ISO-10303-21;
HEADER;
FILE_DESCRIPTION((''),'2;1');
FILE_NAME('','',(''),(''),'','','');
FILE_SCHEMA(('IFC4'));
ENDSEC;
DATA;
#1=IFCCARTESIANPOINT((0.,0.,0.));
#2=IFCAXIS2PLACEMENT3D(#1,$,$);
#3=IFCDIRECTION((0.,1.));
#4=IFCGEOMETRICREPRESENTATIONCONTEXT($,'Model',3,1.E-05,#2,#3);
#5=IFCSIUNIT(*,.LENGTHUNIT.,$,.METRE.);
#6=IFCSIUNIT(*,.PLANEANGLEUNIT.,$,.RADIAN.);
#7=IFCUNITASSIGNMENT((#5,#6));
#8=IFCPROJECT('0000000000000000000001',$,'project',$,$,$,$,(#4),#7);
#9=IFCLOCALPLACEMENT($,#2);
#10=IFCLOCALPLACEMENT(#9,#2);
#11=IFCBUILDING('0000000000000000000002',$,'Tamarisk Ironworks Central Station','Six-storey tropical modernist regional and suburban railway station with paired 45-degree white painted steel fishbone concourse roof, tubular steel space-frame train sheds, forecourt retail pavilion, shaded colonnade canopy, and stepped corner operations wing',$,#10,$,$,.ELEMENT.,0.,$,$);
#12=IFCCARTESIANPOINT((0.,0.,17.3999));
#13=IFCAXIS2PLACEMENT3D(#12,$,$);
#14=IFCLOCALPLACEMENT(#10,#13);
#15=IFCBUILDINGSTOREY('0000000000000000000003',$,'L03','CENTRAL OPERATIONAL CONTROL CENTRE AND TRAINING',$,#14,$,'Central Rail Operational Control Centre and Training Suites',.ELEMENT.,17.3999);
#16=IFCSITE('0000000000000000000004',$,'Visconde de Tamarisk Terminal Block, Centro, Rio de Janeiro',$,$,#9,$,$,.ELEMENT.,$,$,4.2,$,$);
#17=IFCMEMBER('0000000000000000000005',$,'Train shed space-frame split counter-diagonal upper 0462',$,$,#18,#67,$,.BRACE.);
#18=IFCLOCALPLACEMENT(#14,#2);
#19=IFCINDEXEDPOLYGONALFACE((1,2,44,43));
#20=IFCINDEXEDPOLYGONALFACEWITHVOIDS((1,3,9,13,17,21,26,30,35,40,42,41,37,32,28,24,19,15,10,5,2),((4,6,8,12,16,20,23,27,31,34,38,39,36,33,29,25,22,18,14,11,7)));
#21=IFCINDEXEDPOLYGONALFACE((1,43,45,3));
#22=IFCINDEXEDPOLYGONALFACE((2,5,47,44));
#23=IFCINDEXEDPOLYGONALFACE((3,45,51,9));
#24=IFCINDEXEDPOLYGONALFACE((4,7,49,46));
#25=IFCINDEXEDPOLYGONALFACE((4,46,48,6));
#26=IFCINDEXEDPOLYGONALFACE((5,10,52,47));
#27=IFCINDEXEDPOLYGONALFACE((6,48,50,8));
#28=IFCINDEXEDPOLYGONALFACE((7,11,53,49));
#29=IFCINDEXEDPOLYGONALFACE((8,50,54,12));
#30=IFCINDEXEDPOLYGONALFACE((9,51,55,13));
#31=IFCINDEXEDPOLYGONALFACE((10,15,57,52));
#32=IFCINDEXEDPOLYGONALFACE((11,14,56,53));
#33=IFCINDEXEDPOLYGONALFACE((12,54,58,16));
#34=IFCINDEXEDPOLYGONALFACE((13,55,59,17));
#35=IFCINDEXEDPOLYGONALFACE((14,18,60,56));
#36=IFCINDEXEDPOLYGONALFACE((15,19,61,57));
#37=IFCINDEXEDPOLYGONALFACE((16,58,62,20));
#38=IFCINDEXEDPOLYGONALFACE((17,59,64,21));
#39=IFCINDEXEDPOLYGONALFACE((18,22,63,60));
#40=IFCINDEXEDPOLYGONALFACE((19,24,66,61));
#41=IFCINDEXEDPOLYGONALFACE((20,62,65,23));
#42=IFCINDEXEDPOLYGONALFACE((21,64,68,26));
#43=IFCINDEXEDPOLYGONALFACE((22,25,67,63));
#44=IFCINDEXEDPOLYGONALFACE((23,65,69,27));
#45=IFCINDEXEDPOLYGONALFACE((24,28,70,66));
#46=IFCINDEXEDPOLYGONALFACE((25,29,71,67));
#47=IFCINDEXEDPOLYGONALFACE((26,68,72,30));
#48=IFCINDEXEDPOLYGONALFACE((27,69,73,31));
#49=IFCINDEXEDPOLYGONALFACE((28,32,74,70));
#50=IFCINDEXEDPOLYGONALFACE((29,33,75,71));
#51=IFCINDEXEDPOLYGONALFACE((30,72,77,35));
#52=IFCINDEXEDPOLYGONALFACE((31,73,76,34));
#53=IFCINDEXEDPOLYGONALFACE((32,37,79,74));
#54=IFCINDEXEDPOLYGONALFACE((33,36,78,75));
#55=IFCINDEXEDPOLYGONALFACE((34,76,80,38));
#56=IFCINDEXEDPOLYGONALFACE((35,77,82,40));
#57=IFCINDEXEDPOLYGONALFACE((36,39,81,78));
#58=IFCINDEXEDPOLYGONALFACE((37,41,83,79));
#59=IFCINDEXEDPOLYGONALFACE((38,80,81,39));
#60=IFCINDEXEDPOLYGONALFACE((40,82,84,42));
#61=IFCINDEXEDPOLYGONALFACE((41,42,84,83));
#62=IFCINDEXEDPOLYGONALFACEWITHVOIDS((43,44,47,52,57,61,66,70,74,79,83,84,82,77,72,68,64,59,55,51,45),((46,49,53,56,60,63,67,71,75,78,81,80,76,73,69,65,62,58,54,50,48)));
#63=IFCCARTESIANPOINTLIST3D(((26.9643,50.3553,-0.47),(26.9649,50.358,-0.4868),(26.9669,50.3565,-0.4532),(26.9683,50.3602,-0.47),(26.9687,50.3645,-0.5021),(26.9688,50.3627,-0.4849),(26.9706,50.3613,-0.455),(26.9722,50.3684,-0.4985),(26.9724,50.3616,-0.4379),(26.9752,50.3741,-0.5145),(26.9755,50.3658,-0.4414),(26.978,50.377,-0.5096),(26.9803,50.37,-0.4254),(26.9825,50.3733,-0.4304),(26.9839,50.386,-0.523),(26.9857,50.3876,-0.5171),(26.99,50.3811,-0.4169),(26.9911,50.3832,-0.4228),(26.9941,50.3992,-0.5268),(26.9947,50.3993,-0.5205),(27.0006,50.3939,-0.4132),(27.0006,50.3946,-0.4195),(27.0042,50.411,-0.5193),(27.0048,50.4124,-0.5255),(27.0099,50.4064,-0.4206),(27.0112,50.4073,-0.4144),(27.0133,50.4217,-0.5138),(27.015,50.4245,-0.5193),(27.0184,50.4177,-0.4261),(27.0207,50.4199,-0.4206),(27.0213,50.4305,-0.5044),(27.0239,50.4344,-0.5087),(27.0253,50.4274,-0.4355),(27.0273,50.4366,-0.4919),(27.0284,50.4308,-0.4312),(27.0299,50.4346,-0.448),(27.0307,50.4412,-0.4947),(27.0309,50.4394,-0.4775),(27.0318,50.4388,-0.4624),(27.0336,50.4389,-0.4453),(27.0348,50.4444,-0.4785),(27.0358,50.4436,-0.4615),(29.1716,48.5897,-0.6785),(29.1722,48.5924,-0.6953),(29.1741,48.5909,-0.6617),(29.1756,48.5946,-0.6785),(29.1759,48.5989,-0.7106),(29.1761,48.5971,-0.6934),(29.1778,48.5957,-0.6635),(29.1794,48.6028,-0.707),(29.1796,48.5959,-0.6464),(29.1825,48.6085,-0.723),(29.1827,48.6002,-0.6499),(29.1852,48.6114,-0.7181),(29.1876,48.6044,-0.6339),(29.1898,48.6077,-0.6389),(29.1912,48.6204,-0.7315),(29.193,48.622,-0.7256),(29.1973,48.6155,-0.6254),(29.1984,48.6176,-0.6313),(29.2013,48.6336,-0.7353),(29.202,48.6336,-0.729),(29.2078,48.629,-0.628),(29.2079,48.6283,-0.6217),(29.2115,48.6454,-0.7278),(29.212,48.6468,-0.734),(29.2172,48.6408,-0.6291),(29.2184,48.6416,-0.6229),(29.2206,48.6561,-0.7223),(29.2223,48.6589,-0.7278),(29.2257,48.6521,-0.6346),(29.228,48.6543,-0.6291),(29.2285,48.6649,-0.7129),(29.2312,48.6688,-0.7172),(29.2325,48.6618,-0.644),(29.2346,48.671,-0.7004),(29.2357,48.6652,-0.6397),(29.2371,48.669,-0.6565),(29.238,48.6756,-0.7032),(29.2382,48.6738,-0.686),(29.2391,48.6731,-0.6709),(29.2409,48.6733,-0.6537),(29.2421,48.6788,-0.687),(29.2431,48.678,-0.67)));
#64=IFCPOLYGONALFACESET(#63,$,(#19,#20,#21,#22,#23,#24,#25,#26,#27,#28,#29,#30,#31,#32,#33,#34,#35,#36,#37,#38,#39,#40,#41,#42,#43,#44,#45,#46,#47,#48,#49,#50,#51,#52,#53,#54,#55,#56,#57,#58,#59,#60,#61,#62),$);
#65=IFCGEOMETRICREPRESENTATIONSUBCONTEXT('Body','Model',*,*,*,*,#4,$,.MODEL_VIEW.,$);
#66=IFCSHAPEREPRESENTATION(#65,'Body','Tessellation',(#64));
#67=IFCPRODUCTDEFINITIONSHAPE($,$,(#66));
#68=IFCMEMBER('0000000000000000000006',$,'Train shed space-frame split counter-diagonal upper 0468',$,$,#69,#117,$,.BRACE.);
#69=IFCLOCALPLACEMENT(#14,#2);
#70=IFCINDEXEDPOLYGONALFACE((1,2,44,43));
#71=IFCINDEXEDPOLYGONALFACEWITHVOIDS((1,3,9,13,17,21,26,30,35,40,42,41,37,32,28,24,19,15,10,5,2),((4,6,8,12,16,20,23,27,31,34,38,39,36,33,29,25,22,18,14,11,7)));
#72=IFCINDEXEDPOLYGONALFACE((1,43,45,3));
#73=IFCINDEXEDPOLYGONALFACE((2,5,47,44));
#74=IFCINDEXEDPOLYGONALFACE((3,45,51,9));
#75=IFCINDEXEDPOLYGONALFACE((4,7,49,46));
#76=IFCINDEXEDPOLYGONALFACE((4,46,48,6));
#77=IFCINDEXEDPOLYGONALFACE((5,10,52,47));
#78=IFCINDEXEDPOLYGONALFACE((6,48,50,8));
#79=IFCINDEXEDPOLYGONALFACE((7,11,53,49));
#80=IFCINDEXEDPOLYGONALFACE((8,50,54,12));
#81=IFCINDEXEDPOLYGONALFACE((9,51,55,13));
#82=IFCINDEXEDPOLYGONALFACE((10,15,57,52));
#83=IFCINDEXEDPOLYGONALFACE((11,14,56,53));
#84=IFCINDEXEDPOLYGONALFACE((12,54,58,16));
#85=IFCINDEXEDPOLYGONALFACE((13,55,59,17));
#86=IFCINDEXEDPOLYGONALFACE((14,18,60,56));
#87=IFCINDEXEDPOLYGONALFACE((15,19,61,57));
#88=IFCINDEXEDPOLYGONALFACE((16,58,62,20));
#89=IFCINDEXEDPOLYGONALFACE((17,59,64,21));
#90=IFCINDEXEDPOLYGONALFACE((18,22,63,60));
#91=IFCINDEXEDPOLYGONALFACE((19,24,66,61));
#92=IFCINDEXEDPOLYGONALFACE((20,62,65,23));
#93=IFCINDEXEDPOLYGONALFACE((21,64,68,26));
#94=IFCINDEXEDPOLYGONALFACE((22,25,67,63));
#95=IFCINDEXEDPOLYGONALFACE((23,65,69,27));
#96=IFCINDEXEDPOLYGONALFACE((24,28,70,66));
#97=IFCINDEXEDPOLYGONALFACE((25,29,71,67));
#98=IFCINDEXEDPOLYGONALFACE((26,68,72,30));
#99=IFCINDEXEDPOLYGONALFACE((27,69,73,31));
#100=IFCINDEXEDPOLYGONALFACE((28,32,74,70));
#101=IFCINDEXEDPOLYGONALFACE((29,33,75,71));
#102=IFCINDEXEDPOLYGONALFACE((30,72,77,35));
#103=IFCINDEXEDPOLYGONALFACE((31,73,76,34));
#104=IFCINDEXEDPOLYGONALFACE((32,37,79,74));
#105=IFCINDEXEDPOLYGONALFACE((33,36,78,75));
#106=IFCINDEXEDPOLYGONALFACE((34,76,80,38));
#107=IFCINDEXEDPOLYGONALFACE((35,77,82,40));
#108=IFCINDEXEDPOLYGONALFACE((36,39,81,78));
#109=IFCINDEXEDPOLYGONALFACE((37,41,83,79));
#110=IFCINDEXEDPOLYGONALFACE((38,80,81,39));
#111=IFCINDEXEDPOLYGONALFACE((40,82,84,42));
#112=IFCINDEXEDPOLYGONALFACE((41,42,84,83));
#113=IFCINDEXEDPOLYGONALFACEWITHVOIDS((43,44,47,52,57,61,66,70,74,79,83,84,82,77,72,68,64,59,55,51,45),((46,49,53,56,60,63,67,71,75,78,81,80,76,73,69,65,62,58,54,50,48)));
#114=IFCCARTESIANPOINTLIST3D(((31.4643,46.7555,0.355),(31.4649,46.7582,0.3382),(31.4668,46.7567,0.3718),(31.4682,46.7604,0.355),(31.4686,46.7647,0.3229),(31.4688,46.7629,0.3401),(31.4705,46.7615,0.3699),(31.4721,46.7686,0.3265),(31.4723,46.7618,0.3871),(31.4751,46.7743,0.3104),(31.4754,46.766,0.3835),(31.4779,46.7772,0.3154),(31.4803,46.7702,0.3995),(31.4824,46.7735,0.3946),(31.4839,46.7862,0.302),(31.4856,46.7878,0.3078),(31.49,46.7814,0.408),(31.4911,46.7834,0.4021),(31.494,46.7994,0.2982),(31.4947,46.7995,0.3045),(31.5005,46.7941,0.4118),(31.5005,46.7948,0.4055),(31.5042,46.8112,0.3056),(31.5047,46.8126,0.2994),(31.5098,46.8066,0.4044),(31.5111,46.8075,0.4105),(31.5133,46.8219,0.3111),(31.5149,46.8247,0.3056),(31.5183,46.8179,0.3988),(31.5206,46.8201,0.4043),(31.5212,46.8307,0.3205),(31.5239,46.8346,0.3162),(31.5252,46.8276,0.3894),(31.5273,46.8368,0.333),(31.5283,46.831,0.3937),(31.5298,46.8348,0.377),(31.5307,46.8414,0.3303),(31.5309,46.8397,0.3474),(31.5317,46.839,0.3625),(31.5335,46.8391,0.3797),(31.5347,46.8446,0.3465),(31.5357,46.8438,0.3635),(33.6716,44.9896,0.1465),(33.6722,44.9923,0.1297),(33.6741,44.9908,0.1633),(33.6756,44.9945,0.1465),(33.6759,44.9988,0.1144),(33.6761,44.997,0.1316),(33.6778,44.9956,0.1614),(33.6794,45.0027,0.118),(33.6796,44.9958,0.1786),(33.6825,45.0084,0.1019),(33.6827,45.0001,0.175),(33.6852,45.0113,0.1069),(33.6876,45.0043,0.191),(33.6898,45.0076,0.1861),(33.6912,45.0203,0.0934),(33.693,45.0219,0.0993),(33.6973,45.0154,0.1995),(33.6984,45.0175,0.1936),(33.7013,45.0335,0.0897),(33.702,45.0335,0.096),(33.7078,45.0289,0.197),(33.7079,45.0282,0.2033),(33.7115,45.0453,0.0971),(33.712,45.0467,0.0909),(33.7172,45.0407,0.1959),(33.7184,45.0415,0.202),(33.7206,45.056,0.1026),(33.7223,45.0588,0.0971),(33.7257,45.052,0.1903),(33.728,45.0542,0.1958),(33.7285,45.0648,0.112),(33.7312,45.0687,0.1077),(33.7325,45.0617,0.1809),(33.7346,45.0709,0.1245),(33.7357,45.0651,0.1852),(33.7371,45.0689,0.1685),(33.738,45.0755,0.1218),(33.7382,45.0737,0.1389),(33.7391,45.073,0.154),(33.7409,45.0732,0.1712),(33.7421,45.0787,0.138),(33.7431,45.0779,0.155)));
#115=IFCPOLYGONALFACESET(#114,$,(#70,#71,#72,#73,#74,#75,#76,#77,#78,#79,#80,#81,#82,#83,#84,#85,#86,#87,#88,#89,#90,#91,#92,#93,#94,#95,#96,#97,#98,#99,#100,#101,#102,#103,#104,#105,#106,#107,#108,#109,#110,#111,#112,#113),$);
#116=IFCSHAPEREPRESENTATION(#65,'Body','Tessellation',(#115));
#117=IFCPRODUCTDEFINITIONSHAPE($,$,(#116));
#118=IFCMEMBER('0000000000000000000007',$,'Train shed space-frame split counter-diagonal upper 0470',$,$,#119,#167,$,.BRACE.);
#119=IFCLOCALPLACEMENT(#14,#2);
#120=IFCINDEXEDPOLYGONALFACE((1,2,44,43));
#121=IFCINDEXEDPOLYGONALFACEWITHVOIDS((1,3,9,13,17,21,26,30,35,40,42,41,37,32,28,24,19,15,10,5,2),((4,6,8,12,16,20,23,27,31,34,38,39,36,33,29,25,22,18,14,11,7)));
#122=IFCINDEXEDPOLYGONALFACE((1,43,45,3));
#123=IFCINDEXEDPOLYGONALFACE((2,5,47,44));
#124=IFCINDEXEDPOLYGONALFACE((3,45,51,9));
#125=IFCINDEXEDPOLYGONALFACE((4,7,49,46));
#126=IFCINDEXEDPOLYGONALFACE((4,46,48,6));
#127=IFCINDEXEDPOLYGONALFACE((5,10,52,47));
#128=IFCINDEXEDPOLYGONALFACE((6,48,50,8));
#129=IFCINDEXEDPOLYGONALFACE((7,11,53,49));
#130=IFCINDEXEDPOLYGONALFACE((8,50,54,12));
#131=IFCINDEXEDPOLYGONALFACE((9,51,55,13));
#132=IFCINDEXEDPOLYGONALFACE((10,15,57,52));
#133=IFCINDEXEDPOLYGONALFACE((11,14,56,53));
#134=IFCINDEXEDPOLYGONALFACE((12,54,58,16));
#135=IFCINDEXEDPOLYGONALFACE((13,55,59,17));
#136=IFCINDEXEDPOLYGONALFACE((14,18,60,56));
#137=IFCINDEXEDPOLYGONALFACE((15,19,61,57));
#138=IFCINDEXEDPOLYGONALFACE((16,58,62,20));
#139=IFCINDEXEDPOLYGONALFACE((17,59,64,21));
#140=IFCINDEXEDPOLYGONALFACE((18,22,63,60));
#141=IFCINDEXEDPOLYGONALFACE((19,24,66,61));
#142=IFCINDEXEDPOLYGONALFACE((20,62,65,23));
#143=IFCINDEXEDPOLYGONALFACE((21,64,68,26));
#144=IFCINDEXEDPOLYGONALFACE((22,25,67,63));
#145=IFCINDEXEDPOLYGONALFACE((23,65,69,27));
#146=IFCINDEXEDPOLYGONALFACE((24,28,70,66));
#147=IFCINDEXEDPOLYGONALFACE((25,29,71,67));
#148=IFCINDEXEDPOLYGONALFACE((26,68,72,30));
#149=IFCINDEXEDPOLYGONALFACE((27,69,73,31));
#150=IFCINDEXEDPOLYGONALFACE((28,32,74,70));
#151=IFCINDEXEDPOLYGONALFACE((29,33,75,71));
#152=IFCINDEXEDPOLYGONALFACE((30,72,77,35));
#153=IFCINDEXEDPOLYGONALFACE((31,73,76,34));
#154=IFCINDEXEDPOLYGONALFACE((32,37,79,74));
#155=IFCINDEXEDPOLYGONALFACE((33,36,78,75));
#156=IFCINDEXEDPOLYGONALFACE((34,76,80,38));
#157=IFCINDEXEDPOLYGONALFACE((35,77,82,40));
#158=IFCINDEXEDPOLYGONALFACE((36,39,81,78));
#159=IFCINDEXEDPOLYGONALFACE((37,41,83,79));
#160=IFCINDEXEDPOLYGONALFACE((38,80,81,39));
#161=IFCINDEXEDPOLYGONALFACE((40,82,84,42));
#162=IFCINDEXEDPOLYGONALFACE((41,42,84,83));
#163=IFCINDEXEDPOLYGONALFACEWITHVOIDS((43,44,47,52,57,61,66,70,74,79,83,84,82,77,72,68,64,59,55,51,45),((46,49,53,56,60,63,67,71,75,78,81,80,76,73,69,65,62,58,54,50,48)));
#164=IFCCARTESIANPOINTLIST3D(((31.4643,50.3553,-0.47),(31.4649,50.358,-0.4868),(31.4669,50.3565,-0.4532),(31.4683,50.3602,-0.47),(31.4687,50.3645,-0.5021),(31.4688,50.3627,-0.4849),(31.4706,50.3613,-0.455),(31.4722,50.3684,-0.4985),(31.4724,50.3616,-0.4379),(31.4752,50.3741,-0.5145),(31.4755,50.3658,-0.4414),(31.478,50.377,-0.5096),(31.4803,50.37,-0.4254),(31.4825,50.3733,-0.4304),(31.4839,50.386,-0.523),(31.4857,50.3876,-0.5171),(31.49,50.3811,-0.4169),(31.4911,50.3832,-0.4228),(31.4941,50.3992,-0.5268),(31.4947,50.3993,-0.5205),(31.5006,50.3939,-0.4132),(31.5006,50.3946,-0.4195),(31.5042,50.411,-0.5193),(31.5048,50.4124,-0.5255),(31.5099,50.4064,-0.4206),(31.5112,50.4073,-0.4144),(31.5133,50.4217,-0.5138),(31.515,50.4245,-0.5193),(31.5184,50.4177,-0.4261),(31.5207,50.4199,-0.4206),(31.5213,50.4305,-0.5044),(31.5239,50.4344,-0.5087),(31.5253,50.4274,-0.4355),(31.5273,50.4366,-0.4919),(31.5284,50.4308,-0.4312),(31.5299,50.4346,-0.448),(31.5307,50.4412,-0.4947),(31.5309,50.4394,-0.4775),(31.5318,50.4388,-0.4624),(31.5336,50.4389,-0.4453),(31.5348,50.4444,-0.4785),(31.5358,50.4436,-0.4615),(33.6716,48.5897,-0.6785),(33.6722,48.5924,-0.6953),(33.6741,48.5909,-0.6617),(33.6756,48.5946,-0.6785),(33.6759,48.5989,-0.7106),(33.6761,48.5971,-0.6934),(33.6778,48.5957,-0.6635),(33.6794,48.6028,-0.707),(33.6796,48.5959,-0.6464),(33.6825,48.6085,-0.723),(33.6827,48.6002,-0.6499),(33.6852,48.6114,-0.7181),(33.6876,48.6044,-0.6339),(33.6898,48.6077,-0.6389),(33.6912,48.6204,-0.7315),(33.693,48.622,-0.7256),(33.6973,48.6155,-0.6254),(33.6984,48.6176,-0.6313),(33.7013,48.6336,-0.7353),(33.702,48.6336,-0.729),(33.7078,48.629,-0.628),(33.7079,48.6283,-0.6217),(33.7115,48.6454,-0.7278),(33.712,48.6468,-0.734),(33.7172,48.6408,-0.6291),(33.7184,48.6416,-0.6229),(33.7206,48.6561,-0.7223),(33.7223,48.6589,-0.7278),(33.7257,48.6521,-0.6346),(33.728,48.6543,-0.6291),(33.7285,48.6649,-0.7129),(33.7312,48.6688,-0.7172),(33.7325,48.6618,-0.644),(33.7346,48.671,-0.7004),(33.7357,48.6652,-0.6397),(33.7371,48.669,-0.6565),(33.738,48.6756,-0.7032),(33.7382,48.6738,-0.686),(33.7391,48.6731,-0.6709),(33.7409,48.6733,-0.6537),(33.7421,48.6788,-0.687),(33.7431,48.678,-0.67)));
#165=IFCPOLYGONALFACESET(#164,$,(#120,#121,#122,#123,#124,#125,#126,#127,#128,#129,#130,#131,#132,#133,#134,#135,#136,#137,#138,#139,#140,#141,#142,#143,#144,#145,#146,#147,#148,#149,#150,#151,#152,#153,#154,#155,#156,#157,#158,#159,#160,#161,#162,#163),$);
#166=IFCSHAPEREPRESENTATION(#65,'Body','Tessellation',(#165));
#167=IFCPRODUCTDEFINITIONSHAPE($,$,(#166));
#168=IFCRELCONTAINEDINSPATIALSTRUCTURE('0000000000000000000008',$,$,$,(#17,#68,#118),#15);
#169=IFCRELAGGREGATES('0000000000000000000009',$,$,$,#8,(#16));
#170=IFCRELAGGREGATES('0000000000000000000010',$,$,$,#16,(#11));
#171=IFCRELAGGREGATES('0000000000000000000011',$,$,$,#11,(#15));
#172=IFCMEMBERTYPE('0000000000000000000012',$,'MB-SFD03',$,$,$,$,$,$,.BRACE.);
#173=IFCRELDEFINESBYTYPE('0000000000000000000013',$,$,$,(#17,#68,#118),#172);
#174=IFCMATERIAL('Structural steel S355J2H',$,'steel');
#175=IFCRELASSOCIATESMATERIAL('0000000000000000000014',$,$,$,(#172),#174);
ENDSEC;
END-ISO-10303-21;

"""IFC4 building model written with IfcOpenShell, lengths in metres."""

from ifc_helpers import new_model, si_unit, direction, frame, origin, origin_2d, place, context, subcontext, project, spatial, hollow_circle, extrude, material, material_profile, profile_set, type_object, element, save


model = new_model("IFC4")

# Units and contexts
model_context = context("Model", 3, precision=1e-05, world=origin(), true_north=direction((0.0, 1.0)))
body_context = subcontext(model_context, "Body", "Model", "MODEL_VIEW")
ifc_project = project(units=[si_unit("LENGTHUNIT", "METRE"), si_unit("PLANEANGLEUNIT", "RADIAN")], contexts=[model_context])

# Site, building, storey
site_placement = place(None, origin())
site = spatial("IfcSite", under=ifc_project, at=site_placement, Name="Visconde de Tamarisk Terminal Block, Centro, Rio de Janeiro", CompositionType="ELEMENT", RefElevation=4.2)
building_placement = place(site_placement, origin())
building = spatial("IfcBuilding", under=site, at=building_placement, Name="Tamarisk Ironworks Central Station", Description="Six-storey tropical modernist regional and suburban railway station with paired 45-degree white painted steel fishbone concourse roof, tubular steel space-frame train sheds, forecourt retail pavilion, shaded colonnade canopy, and stepped corner operations wing", CompositionType="ELEMENT", ElevationOfRefHeight=0.0)
storey_placement = place(building_placement, frame((0.0, 0.0, 17.3999)))
storey = spatial("IfcBuildingStorey", under=building, at=storey_placement, Name="L03", Description="CENTRAL OPERATIONAL CONTROL CENTRE AND TRAINING", LongName="Central Rail Operational Control Centre and Training Suites", CompositionType="ELEMENT", Elevation=17.3999)

# Members
ifc_material_1 = material(Name="Structural steel S355J2H", Category="steel")
ifc_material_profile_1 = material_profile(ifc_material_1, hollow_circle(Radius=0.0571, WallThickness=0.0063, at=origin_2d()), Name="CHS 114.3x6.3")
ifc_profile_set_1 = profile_set([ifc_material_profile_1], Name="Structural steel S355J2H")
member_type_1 = type_object("IfcMemberType", Name="MB-SFD03", PredefinedType="BRACE", material=ifc_profile_set_1)
for number, where, z_axis, x_axis, name in (
    (1, (29.2073, 48.6343, -0.6785), (-0.778787, 0.62296, 0.073563), (-0.624653, -0.780903, 0.0), "Train shed space-frame split counter-diagonal upper 0462"),
):
    element("IfcMember", number, at=place(storey_placement, frame(where, z_axis=z_axis, x_axis=x_axis)), inside=storey, type_object=member_type_1, Name=name, PredefinedType="BRACE", context=body_context, shape_type="SweptSolid", body=[
        extrude(hollow_circle(Radius=0.0571, WallThickness=0.0063, at=origin_2d()), origin(), (0.0, 0.0, 1.0), 2.8342),
    ])
member_1_placement = place(storey_placement, frame((33.7073, 45.0342, 0.1465), z_axis=(-0.778745, 0.623013, 0.073559), x_axis=(-0.624706, -0.78086, 0.0)))
element("IfcMember", 2, at=member_1_placement, inside=storey, type_object=member_type_1, Name="Train shed space-frame split counter-diagonal upper 0468", PredefinedType="BRACE", context=body_context, shape_type="SweptSolid", body=[
    extrude(hollow_circle(Radius=0.0571, WallThickness=0.0063, at=origin_2d()), origin(), (0.0, 0.0, 1.0), 2.8345),
])
member_2_placement = place(storey_placement, frame((33.7073, 48.6343, -0.6785), z_axis=(-0.778787, 0.62296, 0.073563), x_axis=(-0.624653, -0.780903, 0.0)))
element("IfcMember", 3, at=member_2_placement, inside=storey, type_object=member_type_1, Name="Train shed space-frame split counter-diagonal upper 0470", PredefinedType="BRACE", context=body_context, shape_type="SweptSolid", body=[
    extrude(hollow_circle(Radius=0.0571, WallThickness=0.0063, at=origin_2d()), origin(), (0.0, 0.0, 1.0), 2.8342),
])

save(model, "model.ifc")
